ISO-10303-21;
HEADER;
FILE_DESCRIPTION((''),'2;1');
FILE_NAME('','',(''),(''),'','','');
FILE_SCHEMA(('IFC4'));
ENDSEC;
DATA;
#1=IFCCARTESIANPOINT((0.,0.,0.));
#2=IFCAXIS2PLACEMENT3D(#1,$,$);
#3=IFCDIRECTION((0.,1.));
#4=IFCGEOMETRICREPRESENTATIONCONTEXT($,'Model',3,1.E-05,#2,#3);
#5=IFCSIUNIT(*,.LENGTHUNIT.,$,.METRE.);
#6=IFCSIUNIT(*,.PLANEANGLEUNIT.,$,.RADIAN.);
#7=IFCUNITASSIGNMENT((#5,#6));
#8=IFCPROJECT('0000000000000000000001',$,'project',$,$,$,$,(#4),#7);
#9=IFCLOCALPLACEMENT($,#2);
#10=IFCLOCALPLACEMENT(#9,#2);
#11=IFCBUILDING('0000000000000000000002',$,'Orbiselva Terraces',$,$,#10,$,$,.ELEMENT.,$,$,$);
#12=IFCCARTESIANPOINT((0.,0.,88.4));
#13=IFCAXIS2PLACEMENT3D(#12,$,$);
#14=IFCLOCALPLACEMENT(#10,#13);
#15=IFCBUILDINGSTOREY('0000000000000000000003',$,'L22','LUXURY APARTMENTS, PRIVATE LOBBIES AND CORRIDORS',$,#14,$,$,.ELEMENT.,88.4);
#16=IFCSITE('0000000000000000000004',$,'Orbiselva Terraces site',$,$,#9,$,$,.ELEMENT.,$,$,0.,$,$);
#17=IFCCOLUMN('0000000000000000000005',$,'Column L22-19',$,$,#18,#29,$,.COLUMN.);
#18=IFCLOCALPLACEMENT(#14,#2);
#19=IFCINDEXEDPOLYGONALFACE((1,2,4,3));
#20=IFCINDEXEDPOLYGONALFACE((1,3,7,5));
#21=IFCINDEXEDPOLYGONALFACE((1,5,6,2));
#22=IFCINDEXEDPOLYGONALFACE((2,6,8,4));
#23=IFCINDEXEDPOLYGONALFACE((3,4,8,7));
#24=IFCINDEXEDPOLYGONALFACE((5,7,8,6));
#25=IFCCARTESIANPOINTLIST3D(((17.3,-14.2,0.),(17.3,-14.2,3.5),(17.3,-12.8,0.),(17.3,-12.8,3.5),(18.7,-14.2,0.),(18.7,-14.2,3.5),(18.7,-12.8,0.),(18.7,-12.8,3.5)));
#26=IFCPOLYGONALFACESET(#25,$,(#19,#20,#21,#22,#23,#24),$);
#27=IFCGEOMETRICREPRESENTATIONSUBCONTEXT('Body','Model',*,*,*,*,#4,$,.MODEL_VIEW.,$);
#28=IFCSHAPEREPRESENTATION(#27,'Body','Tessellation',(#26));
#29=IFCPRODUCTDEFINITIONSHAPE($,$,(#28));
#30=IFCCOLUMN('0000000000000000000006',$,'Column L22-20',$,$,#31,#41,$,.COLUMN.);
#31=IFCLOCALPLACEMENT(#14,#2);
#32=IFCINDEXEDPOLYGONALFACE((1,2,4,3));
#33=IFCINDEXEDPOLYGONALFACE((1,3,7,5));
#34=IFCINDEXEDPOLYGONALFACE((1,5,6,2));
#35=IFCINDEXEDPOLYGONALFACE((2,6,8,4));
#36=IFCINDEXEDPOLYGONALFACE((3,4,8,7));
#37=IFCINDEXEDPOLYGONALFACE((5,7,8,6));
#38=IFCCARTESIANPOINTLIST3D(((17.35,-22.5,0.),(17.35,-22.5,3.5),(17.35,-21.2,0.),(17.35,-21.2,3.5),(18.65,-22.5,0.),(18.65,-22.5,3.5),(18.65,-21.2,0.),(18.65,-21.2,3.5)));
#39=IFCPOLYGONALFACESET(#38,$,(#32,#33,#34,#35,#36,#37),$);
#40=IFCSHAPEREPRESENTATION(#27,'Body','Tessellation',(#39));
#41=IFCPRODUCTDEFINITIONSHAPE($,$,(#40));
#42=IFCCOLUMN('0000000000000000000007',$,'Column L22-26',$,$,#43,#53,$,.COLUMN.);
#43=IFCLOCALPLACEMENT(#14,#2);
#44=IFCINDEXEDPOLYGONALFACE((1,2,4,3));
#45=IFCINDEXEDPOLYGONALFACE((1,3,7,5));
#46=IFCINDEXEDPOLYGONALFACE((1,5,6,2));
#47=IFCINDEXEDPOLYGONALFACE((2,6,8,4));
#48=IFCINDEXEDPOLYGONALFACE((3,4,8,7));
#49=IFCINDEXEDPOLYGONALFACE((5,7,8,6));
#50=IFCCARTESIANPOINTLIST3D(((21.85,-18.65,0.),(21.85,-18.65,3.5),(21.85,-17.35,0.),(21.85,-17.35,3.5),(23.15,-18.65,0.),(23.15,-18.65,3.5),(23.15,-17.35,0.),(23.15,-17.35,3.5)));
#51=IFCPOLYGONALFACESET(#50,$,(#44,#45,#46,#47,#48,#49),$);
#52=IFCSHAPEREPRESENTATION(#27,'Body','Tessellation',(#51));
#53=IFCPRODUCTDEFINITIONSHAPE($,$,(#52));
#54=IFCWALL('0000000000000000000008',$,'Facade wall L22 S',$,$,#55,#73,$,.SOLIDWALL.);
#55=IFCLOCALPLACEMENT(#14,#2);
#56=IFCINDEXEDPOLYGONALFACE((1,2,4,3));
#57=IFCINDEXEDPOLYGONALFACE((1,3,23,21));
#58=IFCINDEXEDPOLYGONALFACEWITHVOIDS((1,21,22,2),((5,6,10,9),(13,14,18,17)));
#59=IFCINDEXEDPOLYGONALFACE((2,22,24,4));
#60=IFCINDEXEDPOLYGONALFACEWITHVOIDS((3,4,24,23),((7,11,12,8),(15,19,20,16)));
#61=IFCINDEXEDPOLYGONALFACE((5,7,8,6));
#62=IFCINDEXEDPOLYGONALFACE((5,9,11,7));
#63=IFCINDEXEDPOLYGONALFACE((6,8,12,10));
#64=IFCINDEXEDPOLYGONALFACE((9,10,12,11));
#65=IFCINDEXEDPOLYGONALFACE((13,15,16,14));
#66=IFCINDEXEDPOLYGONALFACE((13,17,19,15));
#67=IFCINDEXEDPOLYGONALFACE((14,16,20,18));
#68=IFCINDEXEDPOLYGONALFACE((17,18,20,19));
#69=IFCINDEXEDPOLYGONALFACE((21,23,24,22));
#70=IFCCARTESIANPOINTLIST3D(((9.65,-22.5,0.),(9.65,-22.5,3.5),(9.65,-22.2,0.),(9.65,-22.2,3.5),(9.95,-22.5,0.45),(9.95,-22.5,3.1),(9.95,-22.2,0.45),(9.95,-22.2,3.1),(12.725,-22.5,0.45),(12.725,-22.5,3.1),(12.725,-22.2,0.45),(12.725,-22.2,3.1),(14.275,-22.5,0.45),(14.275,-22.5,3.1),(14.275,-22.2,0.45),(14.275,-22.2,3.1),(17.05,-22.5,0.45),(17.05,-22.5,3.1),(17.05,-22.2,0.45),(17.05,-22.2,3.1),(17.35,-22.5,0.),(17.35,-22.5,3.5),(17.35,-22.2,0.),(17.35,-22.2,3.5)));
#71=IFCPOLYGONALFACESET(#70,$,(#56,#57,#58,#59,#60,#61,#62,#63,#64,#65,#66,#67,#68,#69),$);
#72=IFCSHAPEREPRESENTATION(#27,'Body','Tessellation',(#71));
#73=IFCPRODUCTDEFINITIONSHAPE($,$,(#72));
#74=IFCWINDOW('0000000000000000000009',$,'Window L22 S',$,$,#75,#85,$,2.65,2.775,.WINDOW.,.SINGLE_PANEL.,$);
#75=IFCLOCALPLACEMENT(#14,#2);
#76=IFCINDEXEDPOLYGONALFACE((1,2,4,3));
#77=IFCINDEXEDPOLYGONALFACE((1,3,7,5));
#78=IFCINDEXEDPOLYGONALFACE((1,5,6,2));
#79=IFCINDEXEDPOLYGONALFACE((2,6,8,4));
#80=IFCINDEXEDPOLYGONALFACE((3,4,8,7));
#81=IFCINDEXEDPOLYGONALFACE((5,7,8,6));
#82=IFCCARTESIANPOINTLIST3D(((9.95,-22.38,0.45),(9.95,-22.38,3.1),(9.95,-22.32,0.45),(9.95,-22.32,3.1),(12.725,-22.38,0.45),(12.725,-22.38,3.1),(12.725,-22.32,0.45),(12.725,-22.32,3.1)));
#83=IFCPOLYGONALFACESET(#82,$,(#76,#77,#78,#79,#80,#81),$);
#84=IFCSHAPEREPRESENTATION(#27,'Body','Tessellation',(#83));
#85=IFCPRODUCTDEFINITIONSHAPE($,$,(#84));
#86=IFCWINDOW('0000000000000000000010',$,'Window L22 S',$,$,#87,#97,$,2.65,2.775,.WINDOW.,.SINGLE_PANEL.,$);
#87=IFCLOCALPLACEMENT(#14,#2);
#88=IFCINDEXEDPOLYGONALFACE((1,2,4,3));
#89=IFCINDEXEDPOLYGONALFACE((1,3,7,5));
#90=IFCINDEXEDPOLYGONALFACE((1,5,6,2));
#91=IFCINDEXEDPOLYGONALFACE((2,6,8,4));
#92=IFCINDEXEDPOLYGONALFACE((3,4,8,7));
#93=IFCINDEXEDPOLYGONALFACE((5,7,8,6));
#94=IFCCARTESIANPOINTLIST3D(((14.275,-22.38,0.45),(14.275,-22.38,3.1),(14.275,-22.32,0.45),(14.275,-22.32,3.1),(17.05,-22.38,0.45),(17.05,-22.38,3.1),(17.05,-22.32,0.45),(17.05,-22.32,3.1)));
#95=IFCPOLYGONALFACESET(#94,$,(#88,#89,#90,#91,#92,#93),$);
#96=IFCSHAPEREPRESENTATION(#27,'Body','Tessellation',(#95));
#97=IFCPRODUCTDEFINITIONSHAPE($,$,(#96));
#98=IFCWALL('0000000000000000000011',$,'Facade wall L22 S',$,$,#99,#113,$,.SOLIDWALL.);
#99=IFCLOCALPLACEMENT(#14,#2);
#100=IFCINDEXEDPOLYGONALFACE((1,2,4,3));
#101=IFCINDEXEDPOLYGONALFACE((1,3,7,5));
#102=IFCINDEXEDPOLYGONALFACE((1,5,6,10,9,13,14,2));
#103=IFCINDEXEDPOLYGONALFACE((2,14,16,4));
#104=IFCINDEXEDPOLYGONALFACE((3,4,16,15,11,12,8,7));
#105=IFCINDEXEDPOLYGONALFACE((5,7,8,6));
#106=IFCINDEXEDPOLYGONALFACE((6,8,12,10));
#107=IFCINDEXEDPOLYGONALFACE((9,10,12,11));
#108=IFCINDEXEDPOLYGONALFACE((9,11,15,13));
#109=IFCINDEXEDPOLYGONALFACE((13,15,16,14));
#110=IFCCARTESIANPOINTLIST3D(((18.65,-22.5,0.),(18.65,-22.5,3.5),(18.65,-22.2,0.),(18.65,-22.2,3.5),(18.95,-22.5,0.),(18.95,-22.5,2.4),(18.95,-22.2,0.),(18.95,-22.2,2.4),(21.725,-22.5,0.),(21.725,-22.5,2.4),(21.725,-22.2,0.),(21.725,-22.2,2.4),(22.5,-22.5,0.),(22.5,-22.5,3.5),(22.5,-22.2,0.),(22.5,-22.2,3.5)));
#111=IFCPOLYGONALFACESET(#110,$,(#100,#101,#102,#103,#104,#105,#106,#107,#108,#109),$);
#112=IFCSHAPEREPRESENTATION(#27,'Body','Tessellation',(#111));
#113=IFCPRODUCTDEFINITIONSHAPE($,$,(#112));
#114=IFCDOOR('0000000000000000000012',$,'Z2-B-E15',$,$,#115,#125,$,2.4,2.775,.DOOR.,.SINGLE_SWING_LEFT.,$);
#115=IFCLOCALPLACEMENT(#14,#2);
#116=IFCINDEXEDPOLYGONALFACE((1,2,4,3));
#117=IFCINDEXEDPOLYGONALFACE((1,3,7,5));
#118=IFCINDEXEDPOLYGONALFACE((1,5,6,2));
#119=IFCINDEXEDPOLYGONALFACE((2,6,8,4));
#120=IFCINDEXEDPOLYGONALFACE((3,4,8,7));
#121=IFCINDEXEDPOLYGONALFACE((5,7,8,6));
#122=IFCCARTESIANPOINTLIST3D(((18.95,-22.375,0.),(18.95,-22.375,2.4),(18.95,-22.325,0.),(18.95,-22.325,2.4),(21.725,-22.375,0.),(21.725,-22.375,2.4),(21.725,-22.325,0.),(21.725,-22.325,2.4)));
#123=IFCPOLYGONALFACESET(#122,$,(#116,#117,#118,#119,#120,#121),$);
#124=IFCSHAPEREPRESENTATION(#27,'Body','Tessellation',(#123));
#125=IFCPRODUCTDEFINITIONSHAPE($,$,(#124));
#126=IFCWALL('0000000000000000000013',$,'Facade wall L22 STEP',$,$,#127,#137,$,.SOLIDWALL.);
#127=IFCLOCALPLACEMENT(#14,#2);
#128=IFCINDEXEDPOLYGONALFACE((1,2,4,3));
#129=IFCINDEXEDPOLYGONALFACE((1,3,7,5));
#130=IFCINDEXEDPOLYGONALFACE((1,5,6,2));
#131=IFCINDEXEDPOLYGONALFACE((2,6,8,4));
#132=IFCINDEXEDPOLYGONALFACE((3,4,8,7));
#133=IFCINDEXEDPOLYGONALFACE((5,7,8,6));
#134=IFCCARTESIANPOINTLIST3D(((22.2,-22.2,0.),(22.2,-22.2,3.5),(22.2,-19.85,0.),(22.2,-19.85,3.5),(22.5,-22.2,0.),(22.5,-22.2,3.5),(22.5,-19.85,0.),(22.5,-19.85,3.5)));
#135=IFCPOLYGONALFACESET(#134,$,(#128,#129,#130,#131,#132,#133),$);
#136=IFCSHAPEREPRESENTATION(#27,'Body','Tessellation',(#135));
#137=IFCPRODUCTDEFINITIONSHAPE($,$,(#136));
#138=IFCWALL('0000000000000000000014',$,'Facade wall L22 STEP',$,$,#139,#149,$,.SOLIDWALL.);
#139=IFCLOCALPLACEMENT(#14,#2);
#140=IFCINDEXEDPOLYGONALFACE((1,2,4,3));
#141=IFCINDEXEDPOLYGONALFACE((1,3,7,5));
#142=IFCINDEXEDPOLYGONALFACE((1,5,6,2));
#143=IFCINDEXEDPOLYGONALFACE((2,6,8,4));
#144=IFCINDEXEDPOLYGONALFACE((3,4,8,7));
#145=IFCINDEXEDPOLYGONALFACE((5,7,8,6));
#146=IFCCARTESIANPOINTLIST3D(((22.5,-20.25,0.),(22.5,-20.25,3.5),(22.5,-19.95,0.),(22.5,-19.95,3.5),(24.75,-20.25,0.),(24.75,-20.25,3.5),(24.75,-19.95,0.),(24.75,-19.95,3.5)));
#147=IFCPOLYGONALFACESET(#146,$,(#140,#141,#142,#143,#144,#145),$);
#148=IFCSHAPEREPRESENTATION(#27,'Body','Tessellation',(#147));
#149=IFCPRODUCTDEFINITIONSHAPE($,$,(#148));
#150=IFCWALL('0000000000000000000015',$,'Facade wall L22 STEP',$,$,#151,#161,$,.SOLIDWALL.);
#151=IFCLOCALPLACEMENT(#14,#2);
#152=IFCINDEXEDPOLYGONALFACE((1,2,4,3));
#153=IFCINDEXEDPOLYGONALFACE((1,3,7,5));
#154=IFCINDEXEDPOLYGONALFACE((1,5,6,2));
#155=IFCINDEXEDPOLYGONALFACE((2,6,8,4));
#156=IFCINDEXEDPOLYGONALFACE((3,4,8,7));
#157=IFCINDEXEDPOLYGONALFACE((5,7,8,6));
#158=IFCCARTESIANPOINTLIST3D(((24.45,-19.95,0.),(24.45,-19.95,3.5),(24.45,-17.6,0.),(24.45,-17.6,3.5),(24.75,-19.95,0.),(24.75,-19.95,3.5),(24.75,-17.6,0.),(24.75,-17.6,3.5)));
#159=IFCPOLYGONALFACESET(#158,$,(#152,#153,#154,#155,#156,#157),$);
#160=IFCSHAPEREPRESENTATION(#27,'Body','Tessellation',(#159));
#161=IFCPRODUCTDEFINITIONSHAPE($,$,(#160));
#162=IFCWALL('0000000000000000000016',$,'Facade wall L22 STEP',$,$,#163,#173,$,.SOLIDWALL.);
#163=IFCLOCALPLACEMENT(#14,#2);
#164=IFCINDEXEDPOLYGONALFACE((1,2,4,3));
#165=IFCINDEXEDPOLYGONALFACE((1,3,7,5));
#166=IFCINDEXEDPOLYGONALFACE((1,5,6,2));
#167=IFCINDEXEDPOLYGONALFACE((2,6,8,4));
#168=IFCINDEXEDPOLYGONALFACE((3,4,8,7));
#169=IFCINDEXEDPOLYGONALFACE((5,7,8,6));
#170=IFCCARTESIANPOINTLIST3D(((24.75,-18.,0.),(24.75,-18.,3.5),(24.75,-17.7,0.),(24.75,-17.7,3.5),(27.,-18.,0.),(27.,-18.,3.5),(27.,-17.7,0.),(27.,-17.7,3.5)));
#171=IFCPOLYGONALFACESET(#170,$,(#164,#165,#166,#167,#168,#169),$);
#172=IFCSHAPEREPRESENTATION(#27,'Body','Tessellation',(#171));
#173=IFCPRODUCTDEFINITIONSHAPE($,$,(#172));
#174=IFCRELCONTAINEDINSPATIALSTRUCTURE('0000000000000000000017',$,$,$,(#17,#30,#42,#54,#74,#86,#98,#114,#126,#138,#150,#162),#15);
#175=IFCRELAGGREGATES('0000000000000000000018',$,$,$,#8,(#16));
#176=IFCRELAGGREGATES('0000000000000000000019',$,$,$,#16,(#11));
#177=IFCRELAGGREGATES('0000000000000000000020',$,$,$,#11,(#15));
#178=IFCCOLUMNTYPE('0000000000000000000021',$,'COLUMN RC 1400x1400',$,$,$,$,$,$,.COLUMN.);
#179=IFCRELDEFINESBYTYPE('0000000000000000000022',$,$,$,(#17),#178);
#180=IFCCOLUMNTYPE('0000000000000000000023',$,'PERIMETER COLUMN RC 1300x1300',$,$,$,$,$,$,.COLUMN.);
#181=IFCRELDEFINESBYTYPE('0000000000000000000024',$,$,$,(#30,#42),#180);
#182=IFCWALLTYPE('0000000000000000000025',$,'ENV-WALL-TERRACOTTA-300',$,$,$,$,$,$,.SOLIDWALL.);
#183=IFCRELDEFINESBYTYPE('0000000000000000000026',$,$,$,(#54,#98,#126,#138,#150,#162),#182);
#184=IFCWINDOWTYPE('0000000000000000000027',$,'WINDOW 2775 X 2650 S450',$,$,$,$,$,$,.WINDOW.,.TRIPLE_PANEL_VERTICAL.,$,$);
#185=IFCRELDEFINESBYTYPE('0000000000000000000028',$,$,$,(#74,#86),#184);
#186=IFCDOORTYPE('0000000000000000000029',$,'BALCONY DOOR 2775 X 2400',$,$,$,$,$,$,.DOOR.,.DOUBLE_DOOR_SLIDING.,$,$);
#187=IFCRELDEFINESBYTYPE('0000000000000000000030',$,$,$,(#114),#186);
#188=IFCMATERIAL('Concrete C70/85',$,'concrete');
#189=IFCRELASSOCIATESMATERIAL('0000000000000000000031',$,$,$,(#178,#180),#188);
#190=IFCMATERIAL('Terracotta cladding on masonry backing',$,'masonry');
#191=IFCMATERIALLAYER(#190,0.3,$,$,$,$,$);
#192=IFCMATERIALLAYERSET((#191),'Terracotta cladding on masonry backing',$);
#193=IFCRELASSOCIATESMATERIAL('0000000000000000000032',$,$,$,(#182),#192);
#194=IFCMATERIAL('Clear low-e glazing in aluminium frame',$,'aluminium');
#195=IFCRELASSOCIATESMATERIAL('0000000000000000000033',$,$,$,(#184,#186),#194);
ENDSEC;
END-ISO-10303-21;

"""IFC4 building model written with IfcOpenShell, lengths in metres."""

from ifc_helpers import new_model, si_unit, direction, frame, frame_2d, origin, origin_2d, place, context, subcontext, project, spatial, rectangle, extrude, material, layer, layer_set, material_profile, profile_set, type_object, element, fill, save


model = new_model("IFC4")

# Units and contexts
model_context = context("Model", 3, precision=1e-05, world=origin(), true_north=direction((0.0, 1.0)))
body_context = subcontext(model_context, "Body", "Model", "MODEL_VIEW")
ifc_project = project(units=[si_unit("LENGTHUNIT", "METRE"), si_unit("PLANEANGLEUNIT", "RADIAN")], contexts=[model_context])

# Site, building, storey
site_placement = place(None, origin())
site = spatial("IfcSite", under=ifc_project, at=site_placement, Name="Orbiselva Terraces site", CompositionType="ELEMENT", RefElevation=0.0)
building_placement = place(site_placement, origin())
building = spatial("IfcBuilding", under=site, at=building_placement, Name="Orbiselva Terraces", CompositionType="ELEMENT")
storey_placement = place(building_placement, frame((0.0, 0.0, 88.4)))
storey = spatial("IfcBuildingStorey", under=building, at=storey_placement, Name="L22", Description="LUXURY APARTMENTS, PRIVATE LOBBIES AND CORRIDORS", CompositionType="ELEMENT", Elevation=88.4)

# Columns
ifc_material_1 = material(Name="Concrete C70/85", Category="concrete")
ifc_material_profile_1 = material_profile(ifc_material_1, rectangle(XDim=1.4, YDim=1.4, at=origin_2d()), Name="RC 1400x1400")
ifc_profile_set_1 = profile_set([ifc_material_profile_1], Name="Concrete C70/85")
column_type_1 = type_object("IfcColumnType", Name="COLUMN RC 1400x1400", PredefinedType="COLUMN", material=ifc_profile_set_1)
column_placement = place(storey_placement, frame((18.0, -13.5, 0.0), z_axis=(0.0, 0.0, 1.0), x_axis=(1.0, 0.0, 0.0)))
element("IfcColumn", 1, at=column_placement, inside=storey, type_object=column_type_1, Name="Column L22-19", PredefinedType="COLUMN", context=body_context, shape_type="SweptSolid", body=[
    extrude(rectangle(XDim=1.4, YDim=1.4, at=origin_2d()), origin(), (0.0, 0.0, 1.0), 3.5),
])
ifc_material_profile_2 = material_profile(ifc_material_1, rectangle(XDim=1.3, YDim=1.3, at=origin_2d()), Name="RC 1300x1300")
ifc_profile_set_2 = profile_set([ifc_material_profile_2], Name="Concrete C70/85")
column_type_2 = type_object("IfcColumnType", Name="PERIMETER COLUMN RC 1300x1300", PredefinedType="COLUMN", material=ifc_profile_set_2)
for number, where, z_axis, x_axis, name in (
    (2, (18.0, -21.85, 0.0), (0.0, 0.0, 1.0), (1.0, 0.0, 0.0), "Column L22-20"),
    (3, (22.5, -18.0, 0.0), (0.0, 0.0, 1.0), (1.0, 0.0, 0.0), "Column L22-26"),
):
    element("IfcColumn", number, at=place(storey_placement, frame(where, z_axis=z_axis, x_axis=x_axis)), inside=storey, type_object=column_type_2, Name=name, PredefinedType="COLUMN", context=body_context, shape_type="SweptSolid", body=[
        extrude(rectangle(XDim=1.3, YDim=1.3, at=origin_2d()), origin(), (0.0, 0.0, 1.0), 3.5),
    ])

# Wall, openings, windows
ifc_material_2 = material(Name="Terracotta cladding on masonry backing", Category="masonry")
ifc_layer_1 = layer(ifc_material_2, 0.3)
ifc_layer_set_1 = layer_set([ifc_layer_1], Name="Terracotta cladding on masonry backing")
wall_type_1 = type_object("IfcWallType", Name="ENV-WALL-TERRACOTTA-300", PredefinedType="SOLIDWALL", material=ifc_layer_set_1)
wall_1_placement = place(storey_placement, frame((17.35, -22.35, 0.0), z_axis=(0.0, 0.0, 1.0), x_axis=(-1.0, 0.0, 0.0)))
wall_1 = element("IfcWall", 4, at=wall_1_placement, inside=storey, type_object=wall_type_1, Name="Facade wall L22 S", PredefinedType="SOLIDWALL", context=body_context, shape_type="SweptSolid", body=[
    extrude(rectangle(XDim=7.7, YDim=0.3, at=frame_2d((3.85, 0.0))), origin(), (0.0, 0.0, 1.0), 3.5),
])
opening_1_placement = place(wall_1_placement, frame((4.625, 0.0, 0.45)))
opening_1 = element("IfcOpeningElement", 5, at=opening_1_placement, cuts=wall_1, PredefinedType="OPENING", context=body_context, shape_type="SweptSolid", body=[
    extrude(rectangle(XDim=2.775, YDim=2.65, at=frame_2d((1.3875, 1.325))), frame((0.0, 0.16, 0.0), z_axis=(0.0, -1.0, 0.0), x_axis=(1.0, 0.0, 0.0)), (0.0, 0.0, 1.0), 0.32),
])
opening_2_placement = place(wall_1_placement, frame((0.3, 0.0, 0.45)))
opening_2 = element("IfcOpeningElement", 6, at=opening_2_placement, cuts=wall_1, PredefinedType="OPENING", context=body_context, shape_type="SweptSolid", body=[
    extrude(rectangle(XDim=2.775, YDim=2.65, at=frame_2d((1.3875, 1.325))), frame((0.0, 0.16, 0.0), z_axis=(0.0, -1.0, 0.0), x_axis=(1.0, 0.0, 0.0)), (0.0, 0.0, 1.0), 0.32),
])
ifc_material_3 = material(Name="Clear low-e glazing in aluminium frame", Category="aluminium")
window_type = type_object("IfcWindowType", Name="WINDOW 2775 X 2650 S450", PartitioningType="TRIPLE_PANEL_VERTICAL", PredefinedType="WINDOW", material=ifc_material_3)
window_1_placement = place(opening_1_placement, origin())
window_1 = element("IfcWindow", 7, at=window_1_placement, inside=storey, type_object=window_type, Name="Window L22 S", OverallHeight=2.65, OverallWidth=2.775, PartitioningType="SINGLE_PANEL", PredefinedType="WINDOW", context=body_context, shape_type="SweptSolid", body=[
    extrude(rectangle(XDim=2.775, YDim=2.65, at=frame_2d((1.3875, 1.325))), frame((0.0, 0.03, 0.0), z_axis=(0.0, -1.0, 0.0), x_axis=(1.0, 0.0, 0.0)), (0.0, 0.0, 1.0), 0.06),
])
fill(opening_1, window_1)
window_2_placement = place(opening_2_placement, origin())
window_2 = element("IfcWindow", 8, at=window_2_placement, inside=storey, type_object=window_type, Name="Window L22 S", OverallHeight=2.65, OverallWidth=2.775, PartitioningType="SINGLE_PANEL", PredefinedType="WINDOW", context=body_context, shape_type="SweptSolid", body=[
    extrude(rectangle(XDim=2.775, YDim=2.65, at=frame_2d((1.3875, 1.325))), frame((0.0, 0.03, 0.0), z_axis=(0.0, -1.0, 0.0), x_axis=(1.0, 0.0, 0.0)), (0.0, 0.0, 1.0), 0.06),
])
fill(opening_2, window_2)

# Wall, opening, door
wall_2_placement = place(storey_placement, frame((22.5, -22.35, 0.0), z_axis=(0.0, 0.0, 1.0), x_axis=(-1.0, 0.0, 0.0)))
wall_2 = element("IfcWall", 9, at=wall_2_placement, inside=storey, type_object=wall_type_1, Name="Facade wall L22 S", PredefinedType="SOLIDWALL", context=body_context, shape_type="SweptSolid", body=[
    extrude(rectangle(XDim=3.85, YDim=0.3, at=frame_2d((1.925, 0.0))), origin(), (0.0, 0.0, 1.0), 3.5),
])
opening_3_placement = place(wall_2_placement, frame((0.775, 0.0, 0.0)))
opening_3 = element("IfcOpeningElement", 10, at=opening_3_placement, cuts=wall_2, PredefinedType="OPENING", context=body_context, shape_type="SweptSolid", body=[
    extrude(rectangle(XDim=2.775, YDim=2.4, at=frame_2d((1.3875, 1.2))), frame((0.0, 0.16, 0.0), z_axis=(0.0, -1.0, 0.0), x_axis=(1.0, 0.0, 0.0)), (0.0, 0.0, 1.0), 0.32),
])
door_type_1 = type_object("IfcDoorType", Name="BALCONY DOOR 2775 X 2400", OperationType="DOUBLE_DOOR_SLIDING", PredefinedType="DOOR", material=ifc_material_3)
door_1_placement = place(opening_3_placement, origin())
door_1 = element("IfcDoor", 11, at=door_1_placement, inside=storey, type_object=door_type_1, Name="Z2-B-E15", OperationType="SINGLE_SWING_LEFT", OverallHeight=2.4, OverallWidth=2.775, PredefinedType="DOOR", context=body_context, shape_type="SweptSolid", body=[
    extrude(rectangle(XDim=2.775, YDim=2.4, at=frame_2d((1.3875, 1.2))), frame((0.0, 0.025, 0.0), z_axis=(0.0, -1.0, 0.0), x_axis=(1.0, 0.0, 0.0)), (0.0, 0.0, 1.0), 0.05),
])
fill(opening_3, door_1)

# Walls
wall_3_placement = place(storey_placement, frame((22.35, -19.85, 0.0), z_axis=(0.0, 0.0, 1.0), x_axis=(0.0, -1.0, 0.0)))
element("IfcWall", 12, at=wall_3_placement, inside=storey, type_object=wall_type_1, Name="Facade wall L22 STEP", PredefinedType="SOLIDWALL", context=body_context, shape_type="SweptSolid", body=[
    extrude(rectangle(XDim=2.35, YDim=0.3, at=frame_2d((1.175, 0.0))), origin(), (0.0, 0.0, 1.0), 3.5),
])
wall_4_placement = place(storey_placement, frame((24.75, -20.1, 0.0), z_axis=(0.0, 0.0, 1.0), x_axis=(-1.0, 0.0, 0.0)))
element("IfcWall", 13, at=wall_4_placement, inside=storey, type_object=wall_type_1, Name="Facade wall L22 STEP", PredefinedType="SOLIDWALL", context=body_context, shape_type="SweptSolid", body=[
    extrude(rectangle(XDim=2.25, YDim=0.3, at=frame_2d((1.125, 0.0))), origin(), (0.0, 0.0, 1.0), 3.5),
])
wall_5_placement = place(storey_placement, frame((24.6, -17.6, 0.0), z_axis=(0.0, 0.0, 1.0), x_axis=(0.0, -1.0, 0.0)))
element("IfcWall", 14, at=wall_5_placement, inside=storey, type_object=wall_type_1, Name="Facade wall L22 STEP", PredefinedType="SOLIDWALL", context=body_context, shape_type="SweptSolid", body=[
    extrude(rectangle(XDim=2.35, YDim=0.3, at=frame_2d((1.175, 0.0))), origin(), (0.0, 0.0, 1.0), 3.5),
])
wall_6_placement = place(storey_placement, frame((27.0, -17.85, 0.0), z_axis=(0.0, 0.0, 1.0), x_axis=(-1.0, 0.0, 0.0)))
element("IfcWall", 15, at=wall_6_placement, inside=storey, type_object=wall_type_1, Name="Facade wall L22 STEP", PredefinedType="SOLIDWALL", context=body_context, shape_type="SweptSolid", body=[
    extrude(rectangle(XDim=2.25, YDim=0.3, at=frame_2d((1.125, 0.0))), origin(), (0.0, 0.0, 1.0), 3.5),
])

save(model, "model.ifc")
